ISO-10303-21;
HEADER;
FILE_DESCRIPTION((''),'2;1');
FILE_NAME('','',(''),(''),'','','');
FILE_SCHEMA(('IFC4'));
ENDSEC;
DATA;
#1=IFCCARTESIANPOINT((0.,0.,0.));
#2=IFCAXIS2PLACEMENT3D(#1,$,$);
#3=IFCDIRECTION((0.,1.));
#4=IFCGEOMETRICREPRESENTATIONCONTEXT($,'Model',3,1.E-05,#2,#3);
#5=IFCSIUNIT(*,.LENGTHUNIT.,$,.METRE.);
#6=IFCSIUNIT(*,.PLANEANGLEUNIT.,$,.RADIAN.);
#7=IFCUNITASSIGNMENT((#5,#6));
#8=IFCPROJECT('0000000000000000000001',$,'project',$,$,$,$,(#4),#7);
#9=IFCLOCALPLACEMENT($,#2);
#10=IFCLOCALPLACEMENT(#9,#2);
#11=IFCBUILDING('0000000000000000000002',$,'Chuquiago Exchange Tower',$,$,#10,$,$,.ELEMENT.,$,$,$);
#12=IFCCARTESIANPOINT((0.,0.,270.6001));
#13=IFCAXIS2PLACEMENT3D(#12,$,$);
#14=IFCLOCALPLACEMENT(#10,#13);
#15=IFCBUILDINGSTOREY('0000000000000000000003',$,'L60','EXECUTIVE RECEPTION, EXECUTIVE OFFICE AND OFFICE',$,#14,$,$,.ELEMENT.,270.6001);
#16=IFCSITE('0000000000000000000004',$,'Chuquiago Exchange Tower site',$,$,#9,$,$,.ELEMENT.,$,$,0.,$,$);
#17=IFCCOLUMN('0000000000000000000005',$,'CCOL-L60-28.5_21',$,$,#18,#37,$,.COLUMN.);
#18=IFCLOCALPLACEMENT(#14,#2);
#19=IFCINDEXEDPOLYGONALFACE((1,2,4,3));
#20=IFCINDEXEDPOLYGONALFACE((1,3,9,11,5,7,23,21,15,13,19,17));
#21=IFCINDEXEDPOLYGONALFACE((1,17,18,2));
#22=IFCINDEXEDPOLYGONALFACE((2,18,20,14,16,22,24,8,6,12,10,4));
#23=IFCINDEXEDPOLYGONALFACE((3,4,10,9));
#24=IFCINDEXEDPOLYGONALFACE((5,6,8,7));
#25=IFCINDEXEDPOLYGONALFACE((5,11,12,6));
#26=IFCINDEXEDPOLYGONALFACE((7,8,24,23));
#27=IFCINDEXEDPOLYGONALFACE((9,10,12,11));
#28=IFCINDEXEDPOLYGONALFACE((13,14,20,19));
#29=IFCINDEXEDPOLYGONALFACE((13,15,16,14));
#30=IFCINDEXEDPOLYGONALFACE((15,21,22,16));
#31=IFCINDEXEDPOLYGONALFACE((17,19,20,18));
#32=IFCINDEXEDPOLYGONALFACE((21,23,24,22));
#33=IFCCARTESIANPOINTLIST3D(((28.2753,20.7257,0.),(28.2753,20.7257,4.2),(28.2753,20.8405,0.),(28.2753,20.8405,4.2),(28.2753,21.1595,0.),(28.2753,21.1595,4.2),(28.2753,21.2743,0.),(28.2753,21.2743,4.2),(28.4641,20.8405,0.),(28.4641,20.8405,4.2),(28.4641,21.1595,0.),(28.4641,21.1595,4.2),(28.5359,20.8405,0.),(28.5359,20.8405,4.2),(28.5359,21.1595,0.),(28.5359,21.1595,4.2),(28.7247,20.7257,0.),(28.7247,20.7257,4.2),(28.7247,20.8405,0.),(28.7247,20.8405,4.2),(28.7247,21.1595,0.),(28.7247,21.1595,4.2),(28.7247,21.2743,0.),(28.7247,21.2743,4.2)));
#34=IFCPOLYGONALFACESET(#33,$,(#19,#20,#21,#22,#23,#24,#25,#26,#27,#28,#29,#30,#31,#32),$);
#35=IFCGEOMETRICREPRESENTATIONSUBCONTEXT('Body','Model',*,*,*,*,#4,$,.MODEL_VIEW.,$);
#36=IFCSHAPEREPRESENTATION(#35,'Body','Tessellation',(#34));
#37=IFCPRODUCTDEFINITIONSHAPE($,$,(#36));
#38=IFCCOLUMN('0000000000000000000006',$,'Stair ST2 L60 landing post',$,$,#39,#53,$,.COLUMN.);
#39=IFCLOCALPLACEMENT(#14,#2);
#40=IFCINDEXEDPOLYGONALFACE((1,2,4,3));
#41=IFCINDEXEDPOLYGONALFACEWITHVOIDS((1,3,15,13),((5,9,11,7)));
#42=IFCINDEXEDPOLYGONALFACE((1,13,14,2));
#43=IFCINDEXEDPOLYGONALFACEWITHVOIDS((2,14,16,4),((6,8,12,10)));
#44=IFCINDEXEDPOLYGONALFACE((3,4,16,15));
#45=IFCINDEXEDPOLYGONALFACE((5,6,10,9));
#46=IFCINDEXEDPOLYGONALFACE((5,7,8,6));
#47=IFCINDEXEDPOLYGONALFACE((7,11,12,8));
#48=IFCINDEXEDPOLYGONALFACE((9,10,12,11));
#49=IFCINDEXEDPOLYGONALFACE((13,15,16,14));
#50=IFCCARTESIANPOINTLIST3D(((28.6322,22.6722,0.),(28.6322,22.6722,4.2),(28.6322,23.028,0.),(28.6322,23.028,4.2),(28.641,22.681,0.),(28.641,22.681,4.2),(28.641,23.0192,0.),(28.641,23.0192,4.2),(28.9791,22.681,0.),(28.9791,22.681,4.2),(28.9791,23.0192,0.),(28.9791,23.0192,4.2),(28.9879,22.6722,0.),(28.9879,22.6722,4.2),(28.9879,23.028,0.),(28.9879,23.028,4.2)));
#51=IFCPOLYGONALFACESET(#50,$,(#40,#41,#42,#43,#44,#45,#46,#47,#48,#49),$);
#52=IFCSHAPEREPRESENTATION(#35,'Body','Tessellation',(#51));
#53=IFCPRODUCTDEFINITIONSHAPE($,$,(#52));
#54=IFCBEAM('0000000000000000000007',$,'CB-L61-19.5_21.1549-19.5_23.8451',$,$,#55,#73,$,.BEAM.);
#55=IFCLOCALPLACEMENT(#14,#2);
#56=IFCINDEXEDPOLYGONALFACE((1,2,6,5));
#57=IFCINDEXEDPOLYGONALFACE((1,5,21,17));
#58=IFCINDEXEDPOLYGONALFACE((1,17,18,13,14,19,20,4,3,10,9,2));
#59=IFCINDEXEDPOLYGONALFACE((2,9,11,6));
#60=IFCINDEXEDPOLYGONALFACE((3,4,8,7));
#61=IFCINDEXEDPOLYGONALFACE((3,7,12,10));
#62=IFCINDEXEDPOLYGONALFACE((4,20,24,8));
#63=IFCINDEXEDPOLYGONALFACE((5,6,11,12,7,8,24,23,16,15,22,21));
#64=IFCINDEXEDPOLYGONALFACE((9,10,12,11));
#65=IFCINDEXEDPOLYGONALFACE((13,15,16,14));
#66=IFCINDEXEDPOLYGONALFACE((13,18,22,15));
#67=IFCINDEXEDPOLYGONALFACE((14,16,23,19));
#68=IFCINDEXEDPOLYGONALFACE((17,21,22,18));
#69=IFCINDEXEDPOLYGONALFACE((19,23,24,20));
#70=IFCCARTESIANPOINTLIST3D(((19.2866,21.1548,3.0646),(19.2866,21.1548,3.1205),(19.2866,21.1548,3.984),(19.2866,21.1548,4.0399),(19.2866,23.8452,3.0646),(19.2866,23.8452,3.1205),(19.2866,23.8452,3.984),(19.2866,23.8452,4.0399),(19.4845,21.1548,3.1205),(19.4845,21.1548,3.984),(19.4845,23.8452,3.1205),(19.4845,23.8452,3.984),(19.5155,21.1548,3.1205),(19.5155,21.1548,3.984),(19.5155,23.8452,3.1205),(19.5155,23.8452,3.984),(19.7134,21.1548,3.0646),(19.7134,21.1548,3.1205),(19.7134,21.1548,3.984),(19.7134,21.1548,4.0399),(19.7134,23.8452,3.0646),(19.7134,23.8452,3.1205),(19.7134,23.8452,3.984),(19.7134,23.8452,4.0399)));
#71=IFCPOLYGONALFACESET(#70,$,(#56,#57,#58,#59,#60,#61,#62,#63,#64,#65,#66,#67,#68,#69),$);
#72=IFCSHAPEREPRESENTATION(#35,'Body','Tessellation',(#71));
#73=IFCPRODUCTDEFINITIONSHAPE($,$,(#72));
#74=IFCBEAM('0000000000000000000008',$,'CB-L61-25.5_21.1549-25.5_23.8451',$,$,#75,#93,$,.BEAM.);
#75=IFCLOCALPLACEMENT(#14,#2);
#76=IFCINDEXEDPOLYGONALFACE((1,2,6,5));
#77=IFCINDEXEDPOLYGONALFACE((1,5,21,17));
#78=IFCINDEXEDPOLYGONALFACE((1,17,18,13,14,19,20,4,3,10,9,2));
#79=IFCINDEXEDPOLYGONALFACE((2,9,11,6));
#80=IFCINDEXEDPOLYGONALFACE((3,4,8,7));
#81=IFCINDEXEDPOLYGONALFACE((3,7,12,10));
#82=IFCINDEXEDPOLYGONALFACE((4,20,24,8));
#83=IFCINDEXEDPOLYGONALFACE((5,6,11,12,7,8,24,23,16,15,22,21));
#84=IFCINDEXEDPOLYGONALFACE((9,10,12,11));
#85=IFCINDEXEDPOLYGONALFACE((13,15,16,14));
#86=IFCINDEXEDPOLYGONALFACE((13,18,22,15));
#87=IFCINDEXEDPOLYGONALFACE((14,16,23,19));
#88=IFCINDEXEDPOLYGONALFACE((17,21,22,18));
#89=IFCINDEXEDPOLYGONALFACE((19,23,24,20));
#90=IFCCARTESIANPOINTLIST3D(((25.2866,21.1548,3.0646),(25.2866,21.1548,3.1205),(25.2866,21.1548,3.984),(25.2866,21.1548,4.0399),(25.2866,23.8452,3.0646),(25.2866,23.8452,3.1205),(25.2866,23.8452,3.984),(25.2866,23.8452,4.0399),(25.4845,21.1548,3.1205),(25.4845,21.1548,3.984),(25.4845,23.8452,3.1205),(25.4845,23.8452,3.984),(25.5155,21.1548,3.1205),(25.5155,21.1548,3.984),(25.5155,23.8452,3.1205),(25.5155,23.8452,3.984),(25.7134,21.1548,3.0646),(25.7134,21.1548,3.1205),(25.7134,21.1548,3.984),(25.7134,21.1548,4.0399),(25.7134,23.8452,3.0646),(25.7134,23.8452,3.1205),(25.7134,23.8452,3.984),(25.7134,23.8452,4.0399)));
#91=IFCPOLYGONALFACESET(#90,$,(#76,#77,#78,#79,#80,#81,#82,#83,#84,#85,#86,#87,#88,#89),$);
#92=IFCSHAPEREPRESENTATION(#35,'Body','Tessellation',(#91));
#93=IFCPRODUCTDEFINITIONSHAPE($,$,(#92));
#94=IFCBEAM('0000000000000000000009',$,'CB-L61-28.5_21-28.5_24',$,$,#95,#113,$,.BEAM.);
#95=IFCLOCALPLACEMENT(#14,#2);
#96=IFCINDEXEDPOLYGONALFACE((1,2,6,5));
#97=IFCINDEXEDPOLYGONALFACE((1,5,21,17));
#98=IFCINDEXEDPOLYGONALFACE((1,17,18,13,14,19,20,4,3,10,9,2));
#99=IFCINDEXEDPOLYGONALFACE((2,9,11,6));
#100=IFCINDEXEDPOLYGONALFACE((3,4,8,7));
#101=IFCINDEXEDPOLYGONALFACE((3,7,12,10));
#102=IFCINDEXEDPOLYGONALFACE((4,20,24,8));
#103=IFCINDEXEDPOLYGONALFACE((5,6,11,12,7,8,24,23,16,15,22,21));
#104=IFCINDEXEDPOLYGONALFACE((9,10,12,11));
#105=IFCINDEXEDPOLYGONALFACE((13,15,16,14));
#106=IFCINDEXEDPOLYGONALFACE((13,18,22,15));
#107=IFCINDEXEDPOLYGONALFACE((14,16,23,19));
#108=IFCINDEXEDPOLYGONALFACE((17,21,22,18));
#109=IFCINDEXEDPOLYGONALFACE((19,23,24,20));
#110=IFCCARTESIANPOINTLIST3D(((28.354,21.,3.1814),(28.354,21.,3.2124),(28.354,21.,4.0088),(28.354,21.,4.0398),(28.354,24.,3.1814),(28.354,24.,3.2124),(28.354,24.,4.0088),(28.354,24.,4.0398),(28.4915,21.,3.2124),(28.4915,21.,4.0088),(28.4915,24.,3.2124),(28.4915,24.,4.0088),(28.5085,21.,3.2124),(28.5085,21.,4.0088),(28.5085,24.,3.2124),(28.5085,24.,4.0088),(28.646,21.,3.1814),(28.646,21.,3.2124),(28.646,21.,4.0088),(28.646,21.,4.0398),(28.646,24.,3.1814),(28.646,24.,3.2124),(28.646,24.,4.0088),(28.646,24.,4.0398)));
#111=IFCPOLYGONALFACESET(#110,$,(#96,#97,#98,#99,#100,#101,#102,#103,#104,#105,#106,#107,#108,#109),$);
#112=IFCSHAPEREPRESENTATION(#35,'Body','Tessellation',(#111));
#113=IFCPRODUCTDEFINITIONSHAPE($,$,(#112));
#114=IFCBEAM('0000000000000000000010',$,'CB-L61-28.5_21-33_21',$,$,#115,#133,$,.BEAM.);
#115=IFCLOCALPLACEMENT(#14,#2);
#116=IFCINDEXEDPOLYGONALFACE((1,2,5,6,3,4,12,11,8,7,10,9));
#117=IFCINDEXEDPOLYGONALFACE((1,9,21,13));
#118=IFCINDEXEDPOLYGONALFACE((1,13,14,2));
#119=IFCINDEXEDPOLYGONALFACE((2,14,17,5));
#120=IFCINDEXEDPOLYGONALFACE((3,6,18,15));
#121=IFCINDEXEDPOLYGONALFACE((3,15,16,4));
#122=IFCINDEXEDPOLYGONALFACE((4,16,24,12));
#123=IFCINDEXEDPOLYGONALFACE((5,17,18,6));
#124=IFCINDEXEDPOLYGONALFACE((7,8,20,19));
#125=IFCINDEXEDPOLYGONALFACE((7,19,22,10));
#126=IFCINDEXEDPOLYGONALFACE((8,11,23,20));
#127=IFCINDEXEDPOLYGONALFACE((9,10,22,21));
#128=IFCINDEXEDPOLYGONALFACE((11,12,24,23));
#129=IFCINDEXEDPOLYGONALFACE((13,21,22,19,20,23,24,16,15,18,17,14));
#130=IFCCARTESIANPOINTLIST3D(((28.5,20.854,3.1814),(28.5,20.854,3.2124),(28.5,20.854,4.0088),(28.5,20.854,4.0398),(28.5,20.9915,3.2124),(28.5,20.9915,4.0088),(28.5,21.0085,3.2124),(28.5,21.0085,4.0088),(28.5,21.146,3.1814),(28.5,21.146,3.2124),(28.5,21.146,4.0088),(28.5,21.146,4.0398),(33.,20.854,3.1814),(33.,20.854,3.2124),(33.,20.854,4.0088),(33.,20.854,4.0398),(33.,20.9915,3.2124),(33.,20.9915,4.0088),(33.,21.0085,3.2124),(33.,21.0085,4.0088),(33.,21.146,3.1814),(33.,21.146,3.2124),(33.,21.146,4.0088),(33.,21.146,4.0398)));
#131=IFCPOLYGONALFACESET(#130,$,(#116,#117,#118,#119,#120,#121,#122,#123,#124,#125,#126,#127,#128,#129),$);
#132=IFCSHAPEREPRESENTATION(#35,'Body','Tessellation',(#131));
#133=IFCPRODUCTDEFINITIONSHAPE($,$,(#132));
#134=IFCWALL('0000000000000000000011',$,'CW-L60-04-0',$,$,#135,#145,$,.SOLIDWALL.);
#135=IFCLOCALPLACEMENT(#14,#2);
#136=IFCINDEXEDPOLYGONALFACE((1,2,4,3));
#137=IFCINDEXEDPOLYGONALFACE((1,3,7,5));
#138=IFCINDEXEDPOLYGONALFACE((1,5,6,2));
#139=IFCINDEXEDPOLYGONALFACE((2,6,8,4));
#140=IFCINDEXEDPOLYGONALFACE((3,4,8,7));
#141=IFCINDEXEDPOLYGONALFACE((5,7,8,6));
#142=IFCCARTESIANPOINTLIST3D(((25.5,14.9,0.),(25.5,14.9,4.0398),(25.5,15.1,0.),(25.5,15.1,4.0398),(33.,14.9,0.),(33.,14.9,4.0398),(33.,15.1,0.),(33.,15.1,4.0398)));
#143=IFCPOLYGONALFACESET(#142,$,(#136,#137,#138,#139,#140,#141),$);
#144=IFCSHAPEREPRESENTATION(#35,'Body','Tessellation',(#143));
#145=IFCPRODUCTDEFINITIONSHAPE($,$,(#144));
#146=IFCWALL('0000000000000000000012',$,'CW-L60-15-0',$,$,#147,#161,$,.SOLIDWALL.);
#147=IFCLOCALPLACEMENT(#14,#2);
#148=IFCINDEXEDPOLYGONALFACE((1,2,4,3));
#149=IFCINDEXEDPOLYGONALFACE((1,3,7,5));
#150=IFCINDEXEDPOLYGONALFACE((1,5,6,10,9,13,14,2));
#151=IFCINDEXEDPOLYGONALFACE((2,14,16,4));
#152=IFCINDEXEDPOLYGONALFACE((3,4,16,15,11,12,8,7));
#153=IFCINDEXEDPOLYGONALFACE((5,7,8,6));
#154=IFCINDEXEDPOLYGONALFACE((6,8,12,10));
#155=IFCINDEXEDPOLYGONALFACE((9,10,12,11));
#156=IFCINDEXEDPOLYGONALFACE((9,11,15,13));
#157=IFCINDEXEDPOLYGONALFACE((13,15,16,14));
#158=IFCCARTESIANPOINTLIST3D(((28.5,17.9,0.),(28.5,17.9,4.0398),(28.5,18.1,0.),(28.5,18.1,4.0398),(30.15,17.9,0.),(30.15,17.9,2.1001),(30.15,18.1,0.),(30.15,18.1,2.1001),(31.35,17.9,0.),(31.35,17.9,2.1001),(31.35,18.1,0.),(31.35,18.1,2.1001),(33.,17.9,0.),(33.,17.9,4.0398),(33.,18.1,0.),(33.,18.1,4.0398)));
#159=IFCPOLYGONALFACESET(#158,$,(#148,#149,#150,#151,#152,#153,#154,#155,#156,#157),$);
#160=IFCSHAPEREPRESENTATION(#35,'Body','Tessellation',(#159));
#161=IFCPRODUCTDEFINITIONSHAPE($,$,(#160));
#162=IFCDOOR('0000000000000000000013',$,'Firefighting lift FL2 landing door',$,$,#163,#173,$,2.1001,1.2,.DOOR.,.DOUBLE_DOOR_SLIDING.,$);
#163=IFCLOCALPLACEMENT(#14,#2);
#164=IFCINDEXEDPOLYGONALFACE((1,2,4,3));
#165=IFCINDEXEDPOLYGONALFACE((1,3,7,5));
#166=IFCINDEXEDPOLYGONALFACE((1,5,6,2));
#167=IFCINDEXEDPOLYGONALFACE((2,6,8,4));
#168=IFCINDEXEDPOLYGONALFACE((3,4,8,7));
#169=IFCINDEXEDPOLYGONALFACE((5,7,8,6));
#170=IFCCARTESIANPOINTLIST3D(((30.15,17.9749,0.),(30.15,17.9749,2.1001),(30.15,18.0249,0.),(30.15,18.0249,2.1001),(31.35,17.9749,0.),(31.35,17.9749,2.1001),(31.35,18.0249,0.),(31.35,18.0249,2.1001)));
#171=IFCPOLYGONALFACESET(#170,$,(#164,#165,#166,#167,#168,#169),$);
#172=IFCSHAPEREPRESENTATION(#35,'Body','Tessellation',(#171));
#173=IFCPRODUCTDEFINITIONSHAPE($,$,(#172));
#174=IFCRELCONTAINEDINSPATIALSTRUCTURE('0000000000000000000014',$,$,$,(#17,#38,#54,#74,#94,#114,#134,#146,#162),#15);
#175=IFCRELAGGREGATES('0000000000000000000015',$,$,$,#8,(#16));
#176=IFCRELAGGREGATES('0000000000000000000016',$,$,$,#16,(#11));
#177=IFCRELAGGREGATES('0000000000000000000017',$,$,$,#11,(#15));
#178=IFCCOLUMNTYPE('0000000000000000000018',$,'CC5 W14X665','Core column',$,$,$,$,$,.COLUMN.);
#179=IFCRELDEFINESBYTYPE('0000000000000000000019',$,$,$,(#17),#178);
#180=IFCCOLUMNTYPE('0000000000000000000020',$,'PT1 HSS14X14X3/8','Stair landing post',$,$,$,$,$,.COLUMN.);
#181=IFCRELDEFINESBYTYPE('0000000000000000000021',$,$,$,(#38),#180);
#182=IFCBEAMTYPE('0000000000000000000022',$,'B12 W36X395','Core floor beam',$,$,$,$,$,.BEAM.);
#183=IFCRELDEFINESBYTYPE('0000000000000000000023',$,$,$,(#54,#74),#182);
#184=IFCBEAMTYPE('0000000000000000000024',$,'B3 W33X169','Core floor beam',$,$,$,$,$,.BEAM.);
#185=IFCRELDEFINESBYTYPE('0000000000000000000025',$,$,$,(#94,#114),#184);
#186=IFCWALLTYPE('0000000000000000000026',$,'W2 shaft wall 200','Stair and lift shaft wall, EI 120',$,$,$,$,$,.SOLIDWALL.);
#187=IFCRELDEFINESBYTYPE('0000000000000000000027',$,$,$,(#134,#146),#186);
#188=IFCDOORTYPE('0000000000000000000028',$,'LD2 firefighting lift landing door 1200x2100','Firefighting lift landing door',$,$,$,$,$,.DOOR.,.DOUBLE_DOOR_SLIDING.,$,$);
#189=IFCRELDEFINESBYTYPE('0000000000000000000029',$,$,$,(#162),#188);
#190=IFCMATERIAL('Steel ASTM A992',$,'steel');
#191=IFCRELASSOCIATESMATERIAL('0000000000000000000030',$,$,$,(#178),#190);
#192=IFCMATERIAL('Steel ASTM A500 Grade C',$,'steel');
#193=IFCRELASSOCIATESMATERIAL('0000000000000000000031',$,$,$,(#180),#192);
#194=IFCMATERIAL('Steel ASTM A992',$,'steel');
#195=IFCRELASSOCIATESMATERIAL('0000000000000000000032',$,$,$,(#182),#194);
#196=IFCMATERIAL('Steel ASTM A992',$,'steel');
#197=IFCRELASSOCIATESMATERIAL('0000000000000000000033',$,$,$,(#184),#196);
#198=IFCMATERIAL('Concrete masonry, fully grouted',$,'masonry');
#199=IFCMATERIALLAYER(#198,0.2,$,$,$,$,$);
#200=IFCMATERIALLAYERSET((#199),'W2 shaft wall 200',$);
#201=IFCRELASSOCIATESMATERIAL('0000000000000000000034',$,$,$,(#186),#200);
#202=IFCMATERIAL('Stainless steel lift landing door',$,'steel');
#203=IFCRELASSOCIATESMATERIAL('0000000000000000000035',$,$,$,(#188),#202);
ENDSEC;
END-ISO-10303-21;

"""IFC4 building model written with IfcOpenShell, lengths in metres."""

from ifc_helpers import new_model, si_unit, direction, frame, frame_2d, origin, origin_2d, place, context, subcontext, project, spatial, rectangle, hollow_rectangle, i_section, extrude, material, layer, layer_set, material_profile, profile_set, type_object, element, fill, save


model = new_model("IFC4")

# Units and contexts
model_context = context("Model", 3, precision=1e-05, world=origin(), true_north=direction((0.0, 1.0)))
body_context = subcontext(model_context, "Body", "Model", "MODEL_VIEW")
ifc_project = project(units=[si_unit("LENGTHUNIT", "METRE"), si_unit("PLANEANGLEUNIT", "RADIAN")], contexts=[model_context])

# Site, building, storey
site_placement = place(None, origin())
site = spatial("IfcSite", under=ifc_project, at=site_placement, Name="Chuquiago Exchange Tower site", CompositionType="ELEMENT", RefElevation=0.0)
building_placement = place(site_placement, origin())
building = spatial("IfcBuilding", under=site, at=building_placement, Name="Chuquiago Exchange Tower", CompositionType="ELEMENT")
storey_placement = place(building_placement, frame((0.0, 0.0, 270.6001)))
storey = spatial("IfcBuildingStorey", under=building, at=storey_placement, Name="L60", Description="EXECUTIVE RECEPTION, EXECUTIVE OFFICE AND OFFICE", CompositionType="ELEMENT", Elevation=270.6001)

# Columns
ifc_material_1 = material(Name="Steel ASTM A992", Category="steel")
ifc_material_profile_1 = material_profile(ifc_material_1, i_section(OverallWidth=0.4495, OverallDepth=0.5486, WebThickness=0.0718, FlangeThickness=0.1147, at=origin_2d()), Name="W14X665")
ifc_profile_set_1 = profile_set([ifc_material_profile_1], Name="Steel ASTM A992")
column_type_1 = type_object("IfcColumnType", Name="CC5 W14X665", Description="Core column", PredefinedType="COLUMN", material=ifc_profile_set_1)
column_1_placement = place(storey_placement, frame((28.5, 21.0, 0.0), z_axis=(0.0, 0.0, 1.0), x_axis=(1.0, 0.0, 0.0)))
element("IfcColumn", 1, at=column_1_placement, inside=storey, type_object=column_type_1, Name="CCOL-L60-28.5_21", PredefinedType="COLUMN", context=body_context, shape_type="SweptSolid", body=[
    extrude(i_section(OverallWidth=0.4495, OverallDepth=0.5486, WebThickness=0.0718, FlangeThickness=0.1147, at=origin_2d()), origin(), (0.0, 0.0, 1.0), 4.2),
])
ifc_material_2 = material(Name="Steel ASTM A500 Grade C", Category="steel")
ifc_material_profile_2 = material_profile(ifc_material_2, hollow_rectangle(XDim=0.3557, YDim=0.3557, WallThickness=0.0088, at=origin_2d()), Name="HSS14X14X3/8")
ifc_profile_set_2 = profile_set([ifc_material_profile_2], Name="Steel ASTM A500 Grade C")
column_type_2 = type_object("IfcColumnType", Name="PT1 HSS14X14X3/8", Description="Stair landing post", PredefinedType="COLUMN", material=ifc_profile_set_2)
column_2_placement = place(storey_placement, frame((28.8101, 22.8501, 0.0), z_axis=(0.0, 0.0, 1.0), x_axis=(1.0, 0.0, 0.0)))
element("IfcColumn", 2, at=column_2_placement, inside=storey, type_object=column_type_2, Name="Stair ST2 L60 landing post", PredefinedType="COLUMN", context=body_context, shape_type="SweptSolid", body=[
    extrude(hollow_rectangle(XDim=0.3557, YDim=0.3557, WallThickness=0.0088, at=origin_2d()), origin(), (0.0, 0.0, 1.0), 4.2),
])

# Beams
ifc_material_3 = material(Name="Steel ASTM A992", Category="steel")
ifc_material_profile_3 = material_profile(ifc_material_3, i_section(OverallWidth=0.4268, OverallDepth=0.9753, WebThickness=0.031, FlangeThickness=0.0559, at=origin_2d()), Name="W36X395")
ifc_profile_set_3 = profile_set([ifc_material_profile_3], Name="Steel ASTM A992")
beam_type_1 = type_object("IfcBeamType", Name="B12 W36X395", Description="Core floor beam", PredefinedType="BEAM", material=ifc_profile_set_3)
for number, where, z_axis, x_axis, name in (
    (3, (19.5, 21.1548, 3.5522), (0.0, 1.0, 0.0), (-1.0, 0.0, 0.0), "CB-L61-19.5_21.1549-19.5_23.8451"),
    (4, (25.5, 21.1548, 3.5522), (0.0, 1.0, 0.0), (-1.0, 0.0, 0.0), "CB-L61-25.5_21.1549-25.5_23.8451"),
):
    element("IfcBeam", number, at=place(storey_placement, frame(where, z_axis=z_axis, x_axis=x_axis)), inside=storey, type_object=beam_type_1, Name=name, PredefinedType="BEAM", context=body_context, shape_type="SweptSolid", body=[
        extrude(i_section(OverallWidth=0.4268, OverallDepth=0.9753, WebThickness=0.031, FlangeThickness=0.0559, at=origin_2d()), origin(), (0.0, 0.0, 1.0), 2.6904),
    ])
ifc_material_4 = material(Name="Steel ASTM A992", Category="steel")
ifc_material_profile_4 = material_profile(ifc_material_4, i_section(OverallWidth=0.292, OverallDepth=0.8584, WebThickness=0.0171, FlangeThickness=0.031, at=origin_2d()), Name="W33X169")
ifc_profile_set_4 = profile_set([ifc_material_profile_4], Name="Steel ASTM A992")
beam_type_2 = type_object("IfcBeamType", Name="B3 W33X169", Description="Core floor beam", PredefinedType="BEAM", material=ifc_profile_set_4)
beam_1_placement = place(storey_placement, frame((28.5, 21.0, 3.6106), z_axis=(0.0, 1.0, 0.0), x_axis=(-1.0, 0.0, 0.0)))
element("IfcBeam", 5, at=beam_1_placement, inside=storey, type_object=beam_type_2, Name="CB-L61-28.5_21-28.5_24", PredefinedType="BEAM", context=body_context, shape_type="SweptSolid", body=[
    extrude(i_section(OverallWidth=0.292, OverallDepth=0.8584, WebThickness=0.0171, FlangeThickness=0.031, at=origin_2d()), origin(), (0.0, 0.0, 1.0), 3.0),
])
beam_2_placement = place(storey_placement, frame((28.5, 21.0, 3.6106), z_axis=(1.0, 0.0, 0.0), x_axis=(0.0, 1.0, 0.0)))
element("IfcBeam", 6, at=beam_2_placement, inside=storey, type_object=beam_type_2, Name="CB-L61-28.5_21-33_21", PredefinedType="BEAM", context=body_context, shape_type="SweptSolid", body=[
    extrude(i_section(OverallWidth=0.292, OverallDepth=0.8584, WebThickness=0.0171, FlangeThickness=0.031, at=origin_2d()), origin(), (0.0, 0.0, 1.0), 4.5),
])

# Wall
ifc_material_5 = material(Name="Concrete masonry, fully grouted", Category="masonry")
ifc_layer_1 = layer(ifc_material_5, 0.2)
ifc_layer_set_1 = layer_set([ifc_layer_1], Name="W2 shaft wall 200")
wall_type_1 = type_object("IfcWallType", Name="W2 shaft wall 200", Description="Stair and lift shaft wall, EI 120", PredefinedType="SOLIDWALL", material=ifc_layer_set_1)
wall_1_placement = place(storey_placement, frame((25.5, 15.0, 0.0), z_axis=(0.0, 0.0, 1.0), x_axis=(1.0, 0.0, 0.0)))
element("IfcWall", 7, at=wall_1_placement, inside=storey, type_object=wall_type_1, Name="CW-L60-04-0", PredefinedType="SOLIDWALL", context=body_context, shape_type="SweptSolid", body=[
    extrude(rectangle(XDim=7.5, YDim=0.2, at=frame_2d((3.75, 0.0))), origin(), (0.0, 0.0, 1.0), 4.0398),
])

# Wall, opening, door
wall_2_placement = place(storey_placement, frame((28.5, 18.0, 0.0), z_axis=(0.0, 0.0, 1.0), x_axis=(1.0, 0.0, 0.0)))
wall_2 = element("IfcWall", 8, at=wall_2_placement, inside=storey, type_object=wall_type_1, Name="CW-L60-15-0", PredefinedType="SOLIDWALL", context=body_context, shape_type="SweptSolid", body=[
    extrude(rectangle(XDim=4.5, YDim=0.2, at=frame_2d((2.25, 0.0))), origin(), (0.0, 0.0, 1.0), 4.0398),
])
opening_1_placement = place(wall_2_placement, frame((1.6499, 0.0, 0.0)))
opening_1 = element("IfcOpeningElement", 9, at=opening_1_placement, cuts=wall_2, PredefinedType="OPENING", context=body_context, shape_type="SweptSolid", body=[
    extrude(rectangle(XDim=1.2, YDim=2.1001, at=frame_2d((0.6001, 1.05))), frame((0.0, 0.1099, 0.0), z_axis=(0.0, -1.0, 0.0), x_axis=(1.0, 0.0, 0.0)), (0.0, 0.0, 1.0), 0.22),
])
ifc_material_6 = material(Name="Stainless steel lift landing door", Category="steel")
door_type_1 = type_object("IfcDoorType", Name="LD2 firefighting lift landing door 1200x2100", Description="Firefighting lift landing door", OperationType="DOUBLE_DOOR_SLIDING", PredefinedType="DOOR", material=ifc_material_6)
door_1_placement = place(opening_1_placement, origin())
door_1 = element("IfcDoor", 10, at=door_1_placement, inside=storey, type_object=door_type_1, Name="Firefighting lift FL2 landing door", OperationType="DOUBLE_DOOR_SLIDING", OverallHeight=2.1001, OverallWidth=1.2, PredefinedType="DOOR", context=body_context, shape_type="SweptSolid", body=[
    extrude(rectangle(XDim=1.2, YDim=2.1001, at=frame_2d((0.6001, 1.05))), frame((0.0, 0.0249, 0.0), z_axis=(0.0, -1.0, 0.0), x_axis=(1.0, 0.0, 0.0)), (0.0, 0.0, 1.0), 0.05),
])
fill(opening_1, door_1)

save(model, "model.ifc")
